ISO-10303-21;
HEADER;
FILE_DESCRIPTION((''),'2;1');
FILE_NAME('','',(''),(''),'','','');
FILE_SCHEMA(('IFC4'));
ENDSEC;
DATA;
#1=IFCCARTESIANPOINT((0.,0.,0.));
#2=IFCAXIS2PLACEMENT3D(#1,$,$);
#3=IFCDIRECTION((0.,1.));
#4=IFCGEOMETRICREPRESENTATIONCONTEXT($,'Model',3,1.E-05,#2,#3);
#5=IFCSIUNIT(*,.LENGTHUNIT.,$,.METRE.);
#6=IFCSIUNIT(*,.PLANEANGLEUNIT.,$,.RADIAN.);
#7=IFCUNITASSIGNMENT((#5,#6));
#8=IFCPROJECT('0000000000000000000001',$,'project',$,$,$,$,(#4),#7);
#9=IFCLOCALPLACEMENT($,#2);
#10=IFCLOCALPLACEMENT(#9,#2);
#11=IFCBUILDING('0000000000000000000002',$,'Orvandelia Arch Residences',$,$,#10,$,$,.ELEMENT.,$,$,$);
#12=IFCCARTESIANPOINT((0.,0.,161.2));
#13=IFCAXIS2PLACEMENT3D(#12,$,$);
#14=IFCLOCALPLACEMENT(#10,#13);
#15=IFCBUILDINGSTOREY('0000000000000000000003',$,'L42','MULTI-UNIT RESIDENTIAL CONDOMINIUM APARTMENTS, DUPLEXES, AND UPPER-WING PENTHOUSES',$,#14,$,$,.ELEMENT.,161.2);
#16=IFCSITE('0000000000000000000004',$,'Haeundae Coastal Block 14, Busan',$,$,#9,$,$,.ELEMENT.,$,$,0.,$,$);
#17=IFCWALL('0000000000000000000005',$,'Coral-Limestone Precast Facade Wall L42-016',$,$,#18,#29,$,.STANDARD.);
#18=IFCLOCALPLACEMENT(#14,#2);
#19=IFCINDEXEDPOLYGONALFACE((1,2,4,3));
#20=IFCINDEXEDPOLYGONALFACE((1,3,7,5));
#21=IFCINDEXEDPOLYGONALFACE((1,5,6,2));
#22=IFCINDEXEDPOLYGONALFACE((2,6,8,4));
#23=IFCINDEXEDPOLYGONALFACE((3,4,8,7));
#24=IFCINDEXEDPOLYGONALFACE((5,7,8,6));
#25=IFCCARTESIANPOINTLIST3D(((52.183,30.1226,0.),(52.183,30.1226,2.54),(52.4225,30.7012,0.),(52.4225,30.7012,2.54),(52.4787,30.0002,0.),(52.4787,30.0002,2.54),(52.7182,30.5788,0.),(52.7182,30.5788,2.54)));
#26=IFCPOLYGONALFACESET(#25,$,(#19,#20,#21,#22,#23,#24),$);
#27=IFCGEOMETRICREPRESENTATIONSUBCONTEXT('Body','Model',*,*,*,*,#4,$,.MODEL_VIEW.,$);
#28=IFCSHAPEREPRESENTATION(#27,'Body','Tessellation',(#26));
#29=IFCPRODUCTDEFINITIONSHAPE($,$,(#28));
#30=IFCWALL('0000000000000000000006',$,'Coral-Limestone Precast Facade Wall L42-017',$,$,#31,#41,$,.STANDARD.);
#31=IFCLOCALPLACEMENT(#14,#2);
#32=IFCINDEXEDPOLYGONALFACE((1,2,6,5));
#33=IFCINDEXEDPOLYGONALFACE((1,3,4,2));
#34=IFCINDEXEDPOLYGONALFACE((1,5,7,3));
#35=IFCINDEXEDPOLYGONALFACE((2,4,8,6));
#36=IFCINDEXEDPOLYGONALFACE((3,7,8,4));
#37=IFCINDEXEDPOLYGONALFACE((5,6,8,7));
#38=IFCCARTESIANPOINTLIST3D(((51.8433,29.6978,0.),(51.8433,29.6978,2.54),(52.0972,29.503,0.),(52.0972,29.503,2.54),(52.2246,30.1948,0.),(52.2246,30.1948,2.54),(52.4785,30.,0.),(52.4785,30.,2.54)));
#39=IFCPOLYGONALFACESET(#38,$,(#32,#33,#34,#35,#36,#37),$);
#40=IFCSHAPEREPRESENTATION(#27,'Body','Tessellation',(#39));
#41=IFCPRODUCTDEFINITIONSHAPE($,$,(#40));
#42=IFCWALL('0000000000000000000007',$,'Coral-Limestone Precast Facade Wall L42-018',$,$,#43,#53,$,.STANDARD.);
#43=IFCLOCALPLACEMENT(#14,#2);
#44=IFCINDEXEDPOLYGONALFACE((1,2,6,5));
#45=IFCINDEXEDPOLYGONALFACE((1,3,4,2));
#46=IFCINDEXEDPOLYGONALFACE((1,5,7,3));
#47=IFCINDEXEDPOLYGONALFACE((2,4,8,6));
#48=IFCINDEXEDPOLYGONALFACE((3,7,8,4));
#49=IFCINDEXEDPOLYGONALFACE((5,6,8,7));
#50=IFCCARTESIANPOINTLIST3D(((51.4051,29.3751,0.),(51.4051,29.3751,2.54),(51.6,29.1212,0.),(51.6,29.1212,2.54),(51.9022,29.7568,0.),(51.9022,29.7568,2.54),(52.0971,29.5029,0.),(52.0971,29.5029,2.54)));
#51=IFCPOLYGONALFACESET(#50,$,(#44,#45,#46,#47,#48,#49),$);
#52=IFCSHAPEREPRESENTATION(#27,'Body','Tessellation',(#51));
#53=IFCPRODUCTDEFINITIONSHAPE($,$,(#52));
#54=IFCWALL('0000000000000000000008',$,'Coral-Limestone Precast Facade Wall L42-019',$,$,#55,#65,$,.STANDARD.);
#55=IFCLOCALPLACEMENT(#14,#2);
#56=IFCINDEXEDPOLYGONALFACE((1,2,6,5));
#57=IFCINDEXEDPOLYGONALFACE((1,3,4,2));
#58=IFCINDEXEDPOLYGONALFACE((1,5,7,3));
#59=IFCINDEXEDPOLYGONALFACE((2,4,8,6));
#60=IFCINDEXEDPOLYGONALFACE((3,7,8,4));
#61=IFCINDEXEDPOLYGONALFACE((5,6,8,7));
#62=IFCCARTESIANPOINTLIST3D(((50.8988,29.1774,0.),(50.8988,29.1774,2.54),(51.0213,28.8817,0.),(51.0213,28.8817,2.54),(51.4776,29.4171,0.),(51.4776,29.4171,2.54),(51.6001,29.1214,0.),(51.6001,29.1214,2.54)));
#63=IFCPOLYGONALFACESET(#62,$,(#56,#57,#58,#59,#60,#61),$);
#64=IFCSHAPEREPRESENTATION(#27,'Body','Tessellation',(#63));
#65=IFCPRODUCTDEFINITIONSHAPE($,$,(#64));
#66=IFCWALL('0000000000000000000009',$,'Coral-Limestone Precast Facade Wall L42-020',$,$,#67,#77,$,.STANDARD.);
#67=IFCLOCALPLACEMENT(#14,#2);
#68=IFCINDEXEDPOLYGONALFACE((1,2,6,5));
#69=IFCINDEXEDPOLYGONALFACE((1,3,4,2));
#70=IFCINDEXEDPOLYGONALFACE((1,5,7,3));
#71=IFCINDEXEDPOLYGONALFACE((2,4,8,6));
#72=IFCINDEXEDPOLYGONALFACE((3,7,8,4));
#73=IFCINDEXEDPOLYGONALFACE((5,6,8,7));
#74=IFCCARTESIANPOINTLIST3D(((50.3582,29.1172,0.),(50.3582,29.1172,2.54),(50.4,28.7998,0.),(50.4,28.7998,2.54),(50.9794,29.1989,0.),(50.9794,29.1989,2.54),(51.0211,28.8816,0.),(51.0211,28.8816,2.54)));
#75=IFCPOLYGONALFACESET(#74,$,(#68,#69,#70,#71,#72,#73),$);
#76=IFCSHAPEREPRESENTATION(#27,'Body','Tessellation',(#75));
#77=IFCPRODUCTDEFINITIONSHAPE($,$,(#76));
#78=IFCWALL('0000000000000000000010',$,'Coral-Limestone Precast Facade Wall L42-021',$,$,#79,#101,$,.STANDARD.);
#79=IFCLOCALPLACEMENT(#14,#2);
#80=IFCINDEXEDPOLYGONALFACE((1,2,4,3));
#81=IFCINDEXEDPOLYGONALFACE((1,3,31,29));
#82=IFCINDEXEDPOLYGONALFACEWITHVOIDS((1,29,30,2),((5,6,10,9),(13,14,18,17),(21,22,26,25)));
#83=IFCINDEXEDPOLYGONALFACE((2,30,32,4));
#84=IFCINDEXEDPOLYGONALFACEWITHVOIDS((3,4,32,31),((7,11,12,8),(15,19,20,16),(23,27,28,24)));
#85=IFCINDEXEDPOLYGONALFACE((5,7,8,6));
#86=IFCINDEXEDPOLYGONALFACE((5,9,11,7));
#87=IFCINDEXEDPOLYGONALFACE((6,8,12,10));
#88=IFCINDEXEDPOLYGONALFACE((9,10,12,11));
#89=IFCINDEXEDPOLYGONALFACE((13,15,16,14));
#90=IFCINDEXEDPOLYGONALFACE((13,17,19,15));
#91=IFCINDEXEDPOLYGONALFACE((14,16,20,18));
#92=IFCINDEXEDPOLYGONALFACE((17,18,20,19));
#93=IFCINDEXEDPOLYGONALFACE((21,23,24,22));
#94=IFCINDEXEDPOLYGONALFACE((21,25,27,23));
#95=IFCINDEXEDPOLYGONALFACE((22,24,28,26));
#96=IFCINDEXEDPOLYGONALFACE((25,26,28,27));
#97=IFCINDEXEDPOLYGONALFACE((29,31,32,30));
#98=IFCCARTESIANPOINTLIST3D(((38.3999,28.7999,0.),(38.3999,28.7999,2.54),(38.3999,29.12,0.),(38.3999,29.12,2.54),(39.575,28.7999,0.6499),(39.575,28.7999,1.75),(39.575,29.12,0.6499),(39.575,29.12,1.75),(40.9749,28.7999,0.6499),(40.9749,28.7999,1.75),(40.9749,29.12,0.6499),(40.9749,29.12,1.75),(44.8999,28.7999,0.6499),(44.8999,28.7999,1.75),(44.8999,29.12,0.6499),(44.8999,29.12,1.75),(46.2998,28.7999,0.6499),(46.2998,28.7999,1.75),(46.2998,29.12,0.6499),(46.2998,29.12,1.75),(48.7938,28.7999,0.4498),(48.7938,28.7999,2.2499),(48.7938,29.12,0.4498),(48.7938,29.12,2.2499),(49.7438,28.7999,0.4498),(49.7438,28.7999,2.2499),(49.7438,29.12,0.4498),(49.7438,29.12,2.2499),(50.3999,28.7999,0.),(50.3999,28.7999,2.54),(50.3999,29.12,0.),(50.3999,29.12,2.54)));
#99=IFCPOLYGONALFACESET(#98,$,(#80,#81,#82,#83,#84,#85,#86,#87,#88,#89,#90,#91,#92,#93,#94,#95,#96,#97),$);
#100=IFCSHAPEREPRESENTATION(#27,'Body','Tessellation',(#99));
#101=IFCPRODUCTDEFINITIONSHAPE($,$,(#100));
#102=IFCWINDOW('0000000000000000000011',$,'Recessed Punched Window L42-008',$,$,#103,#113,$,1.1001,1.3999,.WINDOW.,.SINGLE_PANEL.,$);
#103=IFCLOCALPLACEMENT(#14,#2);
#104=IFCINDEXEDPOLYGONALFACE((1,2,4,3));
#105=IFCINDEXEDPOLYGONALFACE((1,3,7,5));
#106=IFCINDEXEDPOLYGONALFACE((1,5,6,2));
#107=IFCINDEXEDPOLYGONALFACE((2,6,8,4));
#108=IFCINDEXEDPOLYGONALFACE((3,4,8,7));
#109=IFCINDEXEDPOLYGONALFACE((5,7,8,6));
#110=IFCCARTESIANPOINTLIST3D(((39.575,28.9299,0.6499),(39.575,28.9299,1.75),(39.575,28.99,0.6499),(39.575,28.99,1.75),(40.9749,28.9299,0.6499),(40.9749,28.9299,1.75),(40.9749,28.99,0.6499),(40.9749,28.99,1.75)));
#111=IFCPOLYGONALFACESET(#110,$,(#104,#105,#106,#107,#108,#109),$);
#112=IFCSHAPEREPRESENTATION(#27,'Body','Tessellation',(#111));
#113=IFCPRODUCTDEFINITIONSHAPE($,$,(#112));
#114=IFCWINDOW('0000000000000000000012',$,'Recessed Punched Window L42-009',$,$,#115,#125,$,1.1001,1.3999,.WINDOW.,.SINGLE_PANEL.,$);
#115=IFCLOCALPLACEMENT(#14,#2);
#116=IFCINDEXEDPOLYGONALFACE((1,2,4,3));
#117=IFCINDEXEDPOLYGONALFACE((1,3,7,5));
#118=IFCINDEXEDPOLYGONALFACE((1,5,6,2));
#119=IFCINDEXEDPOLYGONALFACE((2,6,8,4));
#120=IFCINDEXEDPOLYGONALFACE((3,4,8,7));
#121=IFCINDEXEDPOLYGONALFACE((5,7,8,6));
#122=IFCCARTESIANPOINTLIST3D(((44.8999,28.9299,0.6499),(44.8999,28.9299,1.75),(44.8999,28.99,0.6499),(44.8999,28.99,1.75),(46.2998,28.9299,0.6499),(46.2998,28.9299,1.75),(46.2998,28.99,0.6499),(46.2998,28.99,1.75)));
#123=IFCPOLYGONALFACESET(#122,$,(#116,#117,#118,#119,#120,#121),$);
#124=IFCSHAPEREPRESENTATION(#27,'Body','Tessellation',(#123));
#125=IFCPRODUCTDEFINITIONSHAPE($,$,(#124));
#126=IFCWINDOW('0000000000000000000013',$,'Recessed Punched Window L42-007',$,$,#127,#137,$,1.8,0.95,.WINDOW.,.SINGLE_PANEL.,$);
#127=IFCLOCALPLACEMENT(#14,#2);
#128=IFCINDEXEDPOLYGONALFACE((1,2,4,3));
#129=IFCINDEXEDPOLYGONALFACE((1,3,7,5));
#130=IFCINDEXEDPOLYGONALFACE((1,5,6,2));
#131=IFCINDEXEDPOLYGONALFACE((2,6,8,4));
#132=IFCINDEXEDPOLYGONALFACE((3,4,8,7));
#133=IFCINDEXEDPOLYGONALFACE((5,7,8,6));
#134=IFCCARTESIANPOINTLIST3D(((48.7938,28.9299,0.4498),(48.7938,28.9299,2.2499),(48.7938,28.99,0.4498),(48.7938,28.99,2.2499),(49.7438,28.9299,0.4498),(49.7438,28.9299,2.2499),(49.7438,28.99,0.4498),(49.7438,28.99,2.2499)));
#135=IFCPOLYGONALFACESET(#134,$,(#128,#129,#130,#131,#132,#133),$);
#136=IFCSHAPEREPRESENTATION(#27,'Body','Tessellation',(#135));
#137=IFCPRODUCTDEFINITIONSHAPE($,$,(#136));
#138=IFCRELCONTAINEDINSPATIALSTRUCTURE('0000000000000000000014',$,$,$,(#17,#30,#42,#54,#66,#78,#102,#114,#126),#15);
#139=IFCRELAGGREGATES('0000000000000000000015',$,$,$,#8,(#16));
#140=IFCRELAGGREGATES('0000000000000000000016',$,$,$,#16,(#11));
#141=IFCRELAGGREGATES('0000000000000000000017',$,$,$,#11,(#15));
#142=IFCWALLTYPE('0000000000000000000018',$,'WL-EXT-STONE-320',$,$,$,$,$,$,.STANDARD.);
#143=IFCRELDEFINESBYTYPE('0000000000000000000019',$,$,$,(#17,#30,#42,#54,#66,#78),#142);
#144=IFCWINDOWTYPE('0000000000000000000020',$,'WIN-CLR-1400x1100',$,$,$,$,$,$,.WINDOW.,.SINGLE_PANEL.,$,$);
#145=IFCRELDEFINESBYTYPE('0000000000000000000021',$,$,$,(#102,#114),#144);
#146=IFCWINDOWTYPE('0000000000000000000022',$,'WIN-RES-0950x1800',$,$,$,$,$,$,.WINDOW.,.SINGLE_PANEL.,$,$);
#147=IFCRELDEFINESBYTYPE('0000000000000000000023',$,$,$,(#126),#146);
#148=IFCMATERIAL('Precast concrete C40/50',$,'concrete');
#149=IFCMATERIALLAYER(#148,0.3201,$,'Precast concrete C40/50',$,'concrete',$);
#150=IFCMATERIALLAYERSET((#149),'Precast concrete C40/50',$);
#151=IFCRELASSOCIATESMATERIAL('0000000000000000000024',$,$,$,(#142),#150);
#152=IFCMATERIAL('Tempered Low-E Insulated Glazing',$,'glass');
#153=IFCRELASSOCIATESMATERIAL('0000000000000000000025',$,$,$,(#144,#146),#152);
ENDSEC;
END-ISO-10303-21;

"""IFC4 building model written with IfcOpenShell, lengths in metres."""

from ifc_helpers import new_model, si_unit, direction, frame, frame_2d, origin, place, context, subcontext, project, spatial, rectangle, extrude, material, layer, layer_set, type_object, element, fill, save


model = new_model("IFC4")

# Units and contexts
model_context = context("Model", 3, precision=1e-05, world=origin(), true_north=direction((0.0, 1.0)))
body_context = subcontext(model_context, "Body", "Model", "MODEL_VIEW")
ifc_project = project(units=[si_unit("LENGTHUNIT", "METRE"), si_unit("PLANEANGLEUNIT", "RADIAN")], contexts=[model_context])

# Site, building, storey
site_placement = place(None, origin())
site = spatial("IfcSite", under=ifc_project, at=site_placement, Name="Haeundae Coastal Block 14, Busan", CompositionType="ELEMENT", RefElevation=0.0)
building_placement = place(site_placement, origin())
building = spatial("IfcBuilding", under=site, at=building_placement, Name="Orvandelia Arch Residences", CompositionType="ELEMENT")
storey_placement = place(building_placement, frame((0.0, 0.0, 161.2)))
storey = spatial("IfcBuildingStorey", under=building, at=storey_placement, Name="L42", Description="MULTI-UNIT RESIDENTIAL CONDOMINIUM APARTMENTS, DUPLEXES, AND UPPER-WING PENTHOUSES", CompositionType="ELEMENT", Elevation=161.2)

# Walls
ifc_material_1 = material(Name="Precast concrete C40/50", Category="concrete")
ifc_layer_1 = layer(ifc_material_1, 0.3201, Name="Precast concrete C40/50", Category="concrete")
ifc_layer_set_1 = layer_set([ifc_layer_1], Name="Precast concrete C40/50")
wall_type_1 = type_object("IfcWallType", Name="WL-EXT-STONE-320", PredefinedType="STANDARD", material=ifc_layer_set_1)
wall_1_placement = place(storey_placement, frame((52.5703, 30.6399, 0.0), z_axis=(0.0, 0.0, 1.0), x_axis=(-0.382455, -0.923974, 0.0)))
element("IfcWall", 1, at=wall_1_placement, inside=storey, type_object=wall_type_1, Name="Coral-Limestone Precast Facade Wall L42-016", PredefinedType="STANDARD", context=body_context, shape_type="SweptSolid", body=[
    extrude(rectangle(XDim=0.6262, YDim=0.3201, at=frame_2d((0.313, 0.0))), origin(), (0.0, 0.0, 1.0), 2.54),
])
wall_2_placement = place(storey_placement, frame((52.3516, 30.0974, 0.0), z_axis=(0.0, 0.0, 1.0), x_axis=(-0.608693, -0.793406, 0.0)))
element("IfcWall", 2, at=wall_2_placement, inside=storey, type_object=wall_type_1, Name="Coral-Limestone Precast Facade Wall L42-017", PredefinedType="STANDARD", context=body_context, shape_type="SweptSolid", body=[
    extrude(rectangle(XDim=0.6265, YDim=0.3201, at=frame_2d((0.3132, 0.0))), origin(), (0.0, 0.0, 1.0), 2.54),
])
wall_3_placement = place(storey_placement, frame((51.9998, 29.6299, 0.0), z_axis=(0.0, 0.0, 1.0), x_axis=(-0.793217, -0.608939, 0.0)))
element("IfcWall", 3, at=wall_3_placement, inside=storey, type_object=wall_type_1, Name="Coral-Limestone Precast Facade Wall L42-018", PredefinedType="STANDARD", context=body_context, shape_type="SweptSolid", body=[
    extrude(rectangle(XDim=0.6267, YDim=0.3201, at=frame_2d((0.3135, 0.0))), origin(), (0.0, 0.0, 1.0), 2.54),
])
for number, where, z_axis, x_axis, name in (
    (4, (51.5388, 29.2693, 0.0), (0.0, 0.0, 1.0), (-0.923893, -0.38265, 0.0), "Coral-Limestone Precast Facade Wall L42-019"),
    (5, (51.0002, 29.0403, 0.0), (0.0, 0.0, 1.0), (-0.991441, -0.130555, 0.0), "Coral-Limestone Precast Facade Wall L42-020"),
):
    element("IfcWall", number, at=place(storey_placement, frame(where, z_axis=z_axis, x_axis=x_axis)), inside=storey, type_object=wall_type_1, Name=name, PredefinedType="STANDARD", context=body_context, shape_type="SweptSolid", body=[
        extrude(rectangle(XDim=0.6265, YDim=0.3201, at=frame_2d((0.3132, 0.0))), origin(), (0.0, 0.0, 1.0), 2.54),
    ])

# Wall, openings, windows
wall_4_placement = place(storey_placement, frame((50.3999, 28.96, 0.0), z_axis=(0.0, 0.0, 1.0), x_axis=(-1.0, 0.0, 0.0)))
wall_4 = element("IfcWall", 6, at=wall_4_placement, inside=storey, type_object=wall_type_1, Name="Coral-Limestone Precast Facade Wall L42-021", PredefinedType="STANDARD", context=body_context, shape_type="SweptSolid", body=[
    extrude(rectangle(XDim=12.0, YDim=0.3201, at=frame_2d((6.0, 0.0))), origin(), (0.0, 0.0, 1.0), 2.54),
])
opening_1_placement = place(wall_4_placement, frame((0.656, 0.0, 0.45)))
opening_1 = element("IfcOpeningElement", 7, at=opening_1_placement, cuts=wall_4, PredefinedType="OPENING", context=body_context, shape_type="SweptSolid", body=[
    extrude(rectangle(XDim=0.95, YDim=1.8, at=frame_2d((0.4751, 0.8999))), frame((0.0, 0.1699, 0.0), z_axis=(0.0, -1.0, 0.0), x_axis=(1.0, 0.0, 0.0)), (0.0, 0.0, 1.0), 0.3401),
])
opening_2_placement = place(wall_4_placement, frame((9.425, 0.0, 0.6499)))
opening_2 = element("IfcOpeningElement", 8, at=opening_2_placement, cuts=wall_4, PredefinedType="OPENING", context=body_context, shape_type="SweptSolid", body=[
    extrude(rectangle(XDim=1.3999, YDim=1.1001, at=frame_2d((0.7, 0.55))), frame((0.0, 0.1699, 0.0), z_axis=(0.0, -1.0, 0.0), x_axis=(1.0, 0.0, 0.0)), (0.0, 0.0, 1.0), 0.3401),
])
opening_3_placement = place(wall_4_placement, frame((4.1001, 0.0, 0.6499)))
opening_3 = element("IfcOpeningElement", 9, at=opening_3_placement, cuts=wall_4, PredefinedType="OPENING", context=body_context, shape_type="SweptSolid", body=[
    extrude(rectangle(XDim=1.3999, YDim=1.1001, at=frame_2d((0.7, 0.55))), frame((0.0, 0.1699, 0.0), z_axis=(0.0, -1.0, 0.0), x_axis=(1.0, 0.0, 0.0)), (0.0, 0.0, 1.0), 0.3401),
])
ifc_material_2 = material(Name="Tempered Low-E Insulated Glazing", Category="glass")
window_type_1 = type_object("IfcWindowType", Name="WIN-CLR-1400x1100", PartitioningType="SINGLE_PANEL", PredefinedType="WINDOW", material=ifc_material_2)
window_1_placement = place(opening_2_placement, origin())
window_1 = element("IfcWindow", 10, at=window_1_placement, inside=storey, type_object=window_type_1, Name="Recessed Punched Window L42-008", OverallHeight=1.1001, OverallWidth=1.3999, PartitioningType="SINGLE_PANEL", PredefinedType="WINDOW", context=body_context, shape_type="SweptSolid", body=[
    extrude(rectangle(XDim=1.3999, YDim=1.1001, at=frame_2d((0.7, 0.55))), frame((0.0, 0.03, 0.0), z_axis=(0.0, -1.0, 0.0), x_axis=(1.0, 0.0, 0.0)), (0.0, 0.0, 1.0), 0.0601),
])
fill(opening_2, window_1)
window_2_placement = place(opening_3_placement, origin())
window_2 = element("IfcWindow", 11, at=window_2_placement, inside=storey, type_object=window_type_1, Name="Recessed Punched Window L42-009", OverallHeight=1.1001, OverallWidth=1.3999, PartitioningType="SINGLE_PANEL", PredefinedType="WINDOW", context=body_context, shape_type="SweptSolid", body=[
    extrude(rectangle(XDim=1.3999, YDim=1.1001, at=frame_2d((0.7, 0.55))), frame((0.0, 0.03, 0.0), z_axis=(0.0, -1.0, 0.0), x_axis=(1.0, 0.0, 0.0)), (0.0, 0.0, 1.0), 0.0601),
])
fill(opening_3, window_2)
window_type_2 = type_object("IfcWindowType", Name="WIN-RES-0950x1800", PartitioningType="SINGLE_PANEL", PredefinedType="WINDOW", material=ifc_material_2)
window_3_placement = place(opening_1_placement, origin())
window_3 = element("IfcWindow", 12, at=window_3_placement, inside=storey, type_object=window_type_2, Name="Recessed Punched Window L42-007", OverallHeight=1.8, OverallWidth=0.95, PartitioningType="SINGLE_PANEL", PredefinedType="WINDOW", context=body_context, shape_type="SweptSolid", body=[
    extrude(rectangle(XDim=0.95, YDim=1.8, at=frame_2d((0.4751, 0.8999))), frame((0.0, 0.03, 0.0), z_axis=(0.0, -1.0, 0.0), x_axis=(1.0, 0.0, 0.0)), (0.0, 0.0, 1.0), 0.0601),
])
fill(opening_1, window_3)

save(model, "model.ifc")
